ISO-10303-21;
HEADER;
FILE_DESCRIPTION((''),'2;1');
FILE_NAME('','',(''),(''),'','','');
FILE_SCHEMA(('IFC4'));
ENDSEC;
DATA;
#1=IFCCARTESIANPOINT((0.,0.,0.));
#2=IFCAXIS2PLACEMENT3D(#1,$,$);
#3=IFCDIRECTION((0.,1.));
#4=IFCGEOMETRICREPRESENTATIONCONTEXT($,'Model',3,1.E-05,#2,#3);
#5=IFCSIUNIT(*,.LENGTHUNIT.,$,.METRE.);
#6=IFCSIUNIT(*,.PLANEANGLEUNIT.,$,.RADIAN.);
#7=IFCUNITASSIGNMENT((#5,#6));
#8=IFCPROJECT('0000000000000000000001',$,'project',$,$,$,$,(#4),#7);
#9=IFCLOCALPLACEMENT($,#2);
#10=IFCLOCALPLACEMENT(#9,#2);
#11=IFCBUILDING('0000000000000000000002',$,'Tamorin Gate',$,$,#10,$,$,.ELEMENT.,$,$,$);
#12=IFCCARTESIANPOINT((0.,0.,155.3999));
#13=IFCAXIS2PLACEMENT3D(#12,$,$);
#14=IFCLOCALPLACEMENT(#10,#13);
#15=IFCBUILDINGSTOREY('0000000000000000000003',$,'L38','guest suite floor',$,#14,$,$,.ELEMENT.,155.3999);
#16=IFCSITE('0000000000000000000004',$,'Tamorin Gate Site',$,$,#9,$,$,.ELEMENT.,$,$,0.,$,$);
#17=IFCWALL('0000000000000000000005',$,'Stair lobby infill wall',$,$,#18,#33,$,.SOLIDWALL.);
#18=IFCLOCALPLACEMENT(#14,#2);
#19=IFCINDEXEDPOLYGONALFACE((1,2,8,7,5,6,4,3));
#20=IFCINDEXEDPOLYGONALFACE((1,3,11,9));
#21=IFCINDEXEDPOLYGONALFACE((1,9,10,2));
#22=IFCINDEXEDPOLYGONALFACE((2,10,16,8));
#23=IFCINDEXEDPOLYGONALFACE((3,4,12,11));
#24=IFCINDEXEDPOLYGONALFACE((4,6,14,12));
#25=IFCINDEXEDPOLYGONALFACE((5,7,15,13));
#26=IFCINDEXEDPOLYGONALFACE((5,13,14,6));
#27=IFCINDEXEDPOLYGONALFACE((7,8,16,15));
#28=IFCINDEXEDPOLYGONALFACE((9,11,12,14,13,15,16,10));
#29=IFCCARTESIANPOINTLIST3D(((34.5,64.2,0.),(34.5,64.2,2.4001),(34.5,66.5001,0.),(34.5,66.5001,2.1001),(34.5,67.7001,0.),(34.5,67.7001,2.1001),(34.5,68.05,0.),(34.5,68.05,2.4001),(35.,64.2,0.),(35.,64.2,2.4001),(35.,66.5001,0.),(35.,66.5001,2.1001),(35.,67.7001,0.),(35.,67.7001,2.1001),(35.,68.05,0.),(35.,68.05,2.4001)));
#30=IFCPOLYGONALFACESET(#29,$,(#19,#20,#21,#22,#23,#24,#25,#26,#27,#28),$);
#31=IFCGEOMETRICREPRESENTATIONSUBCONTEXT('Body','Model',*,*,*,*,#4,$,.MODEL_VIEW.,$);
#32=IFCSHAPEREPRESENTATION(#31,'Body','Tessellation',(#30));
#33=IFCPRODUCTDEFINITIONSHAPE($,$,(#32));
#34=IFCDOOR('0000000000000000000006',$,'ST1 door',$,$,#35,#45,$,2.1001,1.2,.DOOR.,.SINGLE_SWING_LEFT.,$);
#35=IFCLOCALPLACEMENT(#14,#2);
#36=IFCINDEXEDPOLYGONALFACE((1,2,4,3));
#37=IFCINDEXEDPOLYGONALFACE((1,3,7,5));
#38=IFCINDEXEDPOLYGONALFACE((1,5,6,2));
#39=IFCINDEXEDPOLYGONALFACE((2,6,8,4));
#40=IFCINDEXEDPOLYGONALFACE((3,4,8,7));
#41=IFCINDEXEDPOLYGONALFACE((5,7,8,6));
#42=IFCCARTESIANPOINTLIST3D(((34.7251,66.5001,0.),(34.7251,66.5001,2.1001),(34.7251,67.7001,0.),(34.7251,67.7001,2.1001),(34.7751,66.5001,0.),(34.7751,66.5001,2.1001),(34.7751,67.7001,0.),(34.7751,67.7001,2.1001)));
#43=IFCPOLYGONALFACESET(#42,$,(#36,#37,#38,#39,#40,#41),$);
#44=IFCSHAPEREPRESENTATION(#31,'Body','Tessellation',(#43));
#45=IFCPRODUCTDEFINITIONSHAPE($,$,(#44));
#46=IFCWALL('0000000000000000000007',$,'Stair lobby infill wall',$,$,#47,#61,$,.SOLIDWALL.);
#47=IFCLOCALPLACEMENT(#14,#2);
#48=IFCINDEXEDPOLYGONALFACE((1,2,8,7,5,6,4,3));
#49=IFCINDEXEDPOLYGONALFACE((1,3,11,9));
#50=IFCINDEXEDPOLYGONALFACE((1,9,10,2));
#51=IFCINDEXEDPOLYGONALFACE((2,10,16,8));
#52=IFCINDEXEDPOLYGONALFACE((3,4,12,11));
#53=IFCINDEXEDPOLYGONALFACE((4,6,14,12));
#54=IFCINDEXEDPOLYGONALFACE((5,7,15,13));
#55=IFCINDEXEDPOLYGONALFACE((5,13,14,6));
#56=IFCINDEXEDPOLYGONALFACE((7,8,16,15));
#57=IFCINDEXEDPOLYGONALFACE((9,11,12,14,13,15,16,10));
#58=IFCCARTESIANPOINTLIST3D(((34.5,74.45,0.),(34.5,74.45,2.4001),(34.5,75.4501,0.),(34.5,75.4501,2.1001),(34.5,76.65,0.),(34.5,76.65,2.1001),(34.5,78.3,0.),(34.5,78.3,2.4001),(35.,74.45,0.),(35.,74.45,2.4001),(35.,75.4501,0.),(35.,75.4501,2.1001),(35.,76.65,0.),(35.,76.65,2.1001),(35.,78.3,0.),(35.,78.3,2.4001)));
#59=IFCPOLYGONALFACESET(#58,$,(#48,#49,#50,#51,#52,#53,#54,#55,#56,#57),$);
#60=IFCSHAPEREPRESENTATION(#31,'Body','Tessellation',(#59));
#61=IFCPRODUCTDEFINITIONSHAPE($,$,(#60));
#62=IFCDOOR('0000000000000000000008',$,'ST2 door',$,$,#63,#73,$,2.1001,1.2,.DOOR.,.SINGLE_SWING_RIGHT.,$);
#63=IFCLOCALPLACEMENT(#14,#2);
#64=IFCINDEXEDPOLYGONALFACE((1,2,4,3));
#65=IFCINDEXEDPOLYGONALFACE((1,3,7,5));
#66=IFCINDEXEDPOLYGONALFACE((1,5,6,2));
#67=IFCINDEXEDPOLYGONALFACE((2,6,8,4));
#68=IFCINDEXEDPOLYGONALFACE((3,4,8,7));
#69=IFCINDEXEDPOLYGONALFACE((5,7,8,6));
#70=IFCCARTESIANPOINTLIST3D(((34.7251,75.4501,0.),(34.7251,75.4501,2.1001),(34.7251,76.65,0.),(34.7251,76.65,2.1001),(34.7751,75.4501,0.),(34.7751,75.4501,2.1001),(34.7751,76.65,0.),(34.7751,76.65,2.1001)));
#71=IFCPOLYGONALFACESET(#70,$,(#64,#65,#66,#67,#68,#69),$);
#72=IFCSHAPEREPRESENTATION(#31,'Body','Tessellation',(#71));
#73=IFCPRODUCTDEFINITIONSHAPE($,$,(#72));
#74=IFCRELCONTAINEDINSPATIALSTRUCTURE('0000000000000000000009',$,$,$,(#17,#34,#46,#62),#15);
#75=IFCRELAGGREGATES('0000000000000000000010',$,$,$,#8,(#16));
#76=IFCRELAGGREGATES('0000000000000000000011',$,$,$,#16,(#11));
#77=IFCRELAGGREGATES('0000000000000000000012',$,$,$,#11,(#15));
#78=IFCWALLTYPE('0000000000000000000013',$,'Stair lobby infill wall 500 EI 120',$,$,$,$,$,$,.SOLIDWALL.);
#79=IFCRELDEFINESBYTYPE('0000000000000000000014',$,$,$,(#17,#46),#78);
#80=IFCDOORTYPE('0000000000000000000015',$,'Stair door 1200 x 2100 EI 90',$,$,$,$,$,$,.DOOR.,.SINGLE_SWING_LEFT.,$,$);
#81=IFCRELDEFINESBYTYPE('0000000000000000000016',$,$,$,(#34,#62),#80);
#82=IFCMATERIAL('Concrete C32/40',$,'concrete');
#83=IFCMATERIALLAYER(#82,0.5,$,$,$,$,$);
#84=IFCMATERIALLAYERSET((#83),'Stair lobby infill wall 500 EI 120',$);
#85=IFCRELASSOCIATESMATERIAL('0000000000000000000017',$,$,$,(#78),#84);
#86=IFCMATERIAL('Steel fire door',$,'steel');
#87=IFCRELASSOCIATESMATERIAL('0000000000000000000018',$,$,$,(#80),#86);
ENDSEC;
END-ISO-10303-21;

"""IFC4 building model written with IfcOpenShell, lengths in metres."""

from ifc_helpers import new_model, si_unit, direction, frame, frame_2d, origin, place, context, subcontext, project, spatial, rectangle, extrude, material, layer, layer_set, type_object, element, fill, save


model = new_model("IFC4")

# Units and contexts
model_context = context("Model", 3, precision=1e-05, world=origin(), true_north=direction((0.0, 1.0)))
body_context = subcontext(model_context, "Body", "Model", "MODEL_VIEW")
ifc_project = project(units=[si_unit("LENGTHUNIT", "METRE"), si_unit("PLANEANGLEUNIT", "RADIAN")], contexts=[model_context])

# Site, building, storey
site_placement = place(None, origin())
site = spatial("IfcSite", under=ifc_project, at=site_placement, Name="Tamorin Gate Site", CompositionType="ELEMENT", RefElevation=0.0)
building_placement = place(site_placement, origin())
building = spatial("IfcBuilding", under=site, at=building_placement, Name="Tamorin Gate", CompositionType="ELEMENT")
storey_placement = place(building_placement, frame((0.0, 0.0, 155.3999)))
storey = spatial("IfcBuildingStorey", under=building, at=storey_placement, Name="L38", Description="guest suite floor", CompositionType="ELEMENT", Elevation=155.3999)

# Shared definitions
ifc_material_1 = material(Name="Steel fire door", Category="steel")

# Walls, openings, doors
ifc_material_2 = material(Name="Concrete C32/40", Category="concrete")
ifc_layer_1 = layer(ifc_material_2, 0.5)
ifc_layer_set_1 = layer_set([ifc_layer_1], Name="Stair lobby infill wall 500 EI 120")
wall_type_1 = type_object("IfcWallType", Name="Stair lobby infill wall 500 EI 120", PredefinedType="SOLIDWALL", material=ifc_layer_set_1)
wall_1_placement = place(storey_placement, frame((34.75, 64.2, 0.0), z_axis=(0.0, 0.0, 1.0), x_axis=(0.0, 1.0, 0.0)))
wall_1 = element("IfcWall", 1, at=wall_1_placement, inside=storey, type_object=wall_type_1, Name="Stair lobby infill wall", PredefinedType="SOLIDWALL", context=body_context, shape_type="SweptSolid", body=[
    extrude(rectangle(XDim=3.8501, YDim=0.5, at=frame_2d((1.925, 0.0))), origin(), (0.0, 0.0, 1.0), 2.4001),
])
opening_1_placement = place(wall_1_placement, frame((2.3, 0.0, 0.0)))
opening_1 = element("IfcOpeningElement", 2, at=opening_1_placement, cuts=wall_1, PredefinedType="OPENING", context=body_context, shape_type="SweptSolid", body=[
    extrude(rectangle(XDim=1.2, YDim=2.1001, at=frame_2d((0.6001, 1.05))), frame((0.0, 0.26, 0.0), z_axis=(0.0, -1.0, 0.0), x_axis=(1.0, 0.0, 0.0)), (0.0, 0.0, 1.0), 0.52),
])
door_type_1 = type_object("IfcDoorType", Name="Stair door 1200 x 2100 EI 90", OperationType="SINGLE_SWING_LEFT", PredefinedType="DOOR", material=ifc_material_1)
door_1_placement = place(opening_1_placement, origin())
door_1 = element("IfcDoor", 3, at=door_1_placement, inside=storey, type_object=door_type_1, Name="ST1 door", OperationType="SINGLE_SWING_LEFT", OverallHeight=2.1001, OverallWidth=1.2, PredefinedType="DOOR", context=body_context, shape_type="SweptSolid", body=[
    extrude(rectangle(XDim=1.2, YDim=2.1001, at=frame_2d((0.6001, 1.05))), frame((0.0, 0.0249, 0.0), z_axis=(0.0, -1.0, 0.0), x_axis=(1.0, 0.0, 0.0)), (0.0, 0.0, 1.0), 0.05),
])
fill(opening_1, door_1)
wall_2_placement = place(storey_placement, frame((34.75, 74.45, 0.0), z_axis=(0.0, 0.0, 1.0), x_axis=(0.0, 1.0, 0.0)))
wall_2 = element("IfcWall", 4, at=wall_2_placement, inside=storey, type_object=wall_type_1, Name="Stair lobby infill wall", PredefinedType="SOLIDWALL", context=body_context, shape_type="SweptSolid", body=[
    extrude(rectangle(XDim=3.8501, YDim=0.5, at=frame_2d((1.925, 0.0))), origin(), (0.0, 0.0, 1.0), 2.4001),
])
opening_2_placement = place(wall_2_placement, frame((1.0, 0.0, 0.0)))
opening_2 = element("IfcOpeningElement", 5, at=opening_2_placement, cuts=wall_2, PredefinedType="OPENING", context=body_context, shape_type="SweptSolid", body=[
    extrude(rectangle(XDim=1.2, YDim=2.1001, at=frame_2d((0.6001, 1.05))), frame((0.0, 0.26, 0.0), z_axis=(0.0, -1.0, 0.0), x_axis=(1.0, 0.0, 0.0)), (0.0, 0.0, 1.0), 0.52),
])
door_2_placement = place(opening_2_placement, origin())
door_2 = element("IfcDoor", 6, at=door_2_placement, inside=storey, type_object=door_type_1, Name="ST2 door", OperationType="SINGLE_SWING_RIGHT", OverallHeight=2.1001, OverallWidth=1.2, PredefinedType="DOOR", context=body_context, shape_type="SweptSolid", body=[
    extrude(rectangle(XDim=1.2, YDim=2.1001, at=frame_2d((0.6001, 1.05))), frame((0.0, 0.0249, 0.0), z_axis=(0.0, -1.0, 0.0), x_axis=(1.0, 0.0, 0.0)), (0.0, 0.0, 1.0), 0.05),
])
fill(opening_2, door_2)

save(model, "model.ifc")
